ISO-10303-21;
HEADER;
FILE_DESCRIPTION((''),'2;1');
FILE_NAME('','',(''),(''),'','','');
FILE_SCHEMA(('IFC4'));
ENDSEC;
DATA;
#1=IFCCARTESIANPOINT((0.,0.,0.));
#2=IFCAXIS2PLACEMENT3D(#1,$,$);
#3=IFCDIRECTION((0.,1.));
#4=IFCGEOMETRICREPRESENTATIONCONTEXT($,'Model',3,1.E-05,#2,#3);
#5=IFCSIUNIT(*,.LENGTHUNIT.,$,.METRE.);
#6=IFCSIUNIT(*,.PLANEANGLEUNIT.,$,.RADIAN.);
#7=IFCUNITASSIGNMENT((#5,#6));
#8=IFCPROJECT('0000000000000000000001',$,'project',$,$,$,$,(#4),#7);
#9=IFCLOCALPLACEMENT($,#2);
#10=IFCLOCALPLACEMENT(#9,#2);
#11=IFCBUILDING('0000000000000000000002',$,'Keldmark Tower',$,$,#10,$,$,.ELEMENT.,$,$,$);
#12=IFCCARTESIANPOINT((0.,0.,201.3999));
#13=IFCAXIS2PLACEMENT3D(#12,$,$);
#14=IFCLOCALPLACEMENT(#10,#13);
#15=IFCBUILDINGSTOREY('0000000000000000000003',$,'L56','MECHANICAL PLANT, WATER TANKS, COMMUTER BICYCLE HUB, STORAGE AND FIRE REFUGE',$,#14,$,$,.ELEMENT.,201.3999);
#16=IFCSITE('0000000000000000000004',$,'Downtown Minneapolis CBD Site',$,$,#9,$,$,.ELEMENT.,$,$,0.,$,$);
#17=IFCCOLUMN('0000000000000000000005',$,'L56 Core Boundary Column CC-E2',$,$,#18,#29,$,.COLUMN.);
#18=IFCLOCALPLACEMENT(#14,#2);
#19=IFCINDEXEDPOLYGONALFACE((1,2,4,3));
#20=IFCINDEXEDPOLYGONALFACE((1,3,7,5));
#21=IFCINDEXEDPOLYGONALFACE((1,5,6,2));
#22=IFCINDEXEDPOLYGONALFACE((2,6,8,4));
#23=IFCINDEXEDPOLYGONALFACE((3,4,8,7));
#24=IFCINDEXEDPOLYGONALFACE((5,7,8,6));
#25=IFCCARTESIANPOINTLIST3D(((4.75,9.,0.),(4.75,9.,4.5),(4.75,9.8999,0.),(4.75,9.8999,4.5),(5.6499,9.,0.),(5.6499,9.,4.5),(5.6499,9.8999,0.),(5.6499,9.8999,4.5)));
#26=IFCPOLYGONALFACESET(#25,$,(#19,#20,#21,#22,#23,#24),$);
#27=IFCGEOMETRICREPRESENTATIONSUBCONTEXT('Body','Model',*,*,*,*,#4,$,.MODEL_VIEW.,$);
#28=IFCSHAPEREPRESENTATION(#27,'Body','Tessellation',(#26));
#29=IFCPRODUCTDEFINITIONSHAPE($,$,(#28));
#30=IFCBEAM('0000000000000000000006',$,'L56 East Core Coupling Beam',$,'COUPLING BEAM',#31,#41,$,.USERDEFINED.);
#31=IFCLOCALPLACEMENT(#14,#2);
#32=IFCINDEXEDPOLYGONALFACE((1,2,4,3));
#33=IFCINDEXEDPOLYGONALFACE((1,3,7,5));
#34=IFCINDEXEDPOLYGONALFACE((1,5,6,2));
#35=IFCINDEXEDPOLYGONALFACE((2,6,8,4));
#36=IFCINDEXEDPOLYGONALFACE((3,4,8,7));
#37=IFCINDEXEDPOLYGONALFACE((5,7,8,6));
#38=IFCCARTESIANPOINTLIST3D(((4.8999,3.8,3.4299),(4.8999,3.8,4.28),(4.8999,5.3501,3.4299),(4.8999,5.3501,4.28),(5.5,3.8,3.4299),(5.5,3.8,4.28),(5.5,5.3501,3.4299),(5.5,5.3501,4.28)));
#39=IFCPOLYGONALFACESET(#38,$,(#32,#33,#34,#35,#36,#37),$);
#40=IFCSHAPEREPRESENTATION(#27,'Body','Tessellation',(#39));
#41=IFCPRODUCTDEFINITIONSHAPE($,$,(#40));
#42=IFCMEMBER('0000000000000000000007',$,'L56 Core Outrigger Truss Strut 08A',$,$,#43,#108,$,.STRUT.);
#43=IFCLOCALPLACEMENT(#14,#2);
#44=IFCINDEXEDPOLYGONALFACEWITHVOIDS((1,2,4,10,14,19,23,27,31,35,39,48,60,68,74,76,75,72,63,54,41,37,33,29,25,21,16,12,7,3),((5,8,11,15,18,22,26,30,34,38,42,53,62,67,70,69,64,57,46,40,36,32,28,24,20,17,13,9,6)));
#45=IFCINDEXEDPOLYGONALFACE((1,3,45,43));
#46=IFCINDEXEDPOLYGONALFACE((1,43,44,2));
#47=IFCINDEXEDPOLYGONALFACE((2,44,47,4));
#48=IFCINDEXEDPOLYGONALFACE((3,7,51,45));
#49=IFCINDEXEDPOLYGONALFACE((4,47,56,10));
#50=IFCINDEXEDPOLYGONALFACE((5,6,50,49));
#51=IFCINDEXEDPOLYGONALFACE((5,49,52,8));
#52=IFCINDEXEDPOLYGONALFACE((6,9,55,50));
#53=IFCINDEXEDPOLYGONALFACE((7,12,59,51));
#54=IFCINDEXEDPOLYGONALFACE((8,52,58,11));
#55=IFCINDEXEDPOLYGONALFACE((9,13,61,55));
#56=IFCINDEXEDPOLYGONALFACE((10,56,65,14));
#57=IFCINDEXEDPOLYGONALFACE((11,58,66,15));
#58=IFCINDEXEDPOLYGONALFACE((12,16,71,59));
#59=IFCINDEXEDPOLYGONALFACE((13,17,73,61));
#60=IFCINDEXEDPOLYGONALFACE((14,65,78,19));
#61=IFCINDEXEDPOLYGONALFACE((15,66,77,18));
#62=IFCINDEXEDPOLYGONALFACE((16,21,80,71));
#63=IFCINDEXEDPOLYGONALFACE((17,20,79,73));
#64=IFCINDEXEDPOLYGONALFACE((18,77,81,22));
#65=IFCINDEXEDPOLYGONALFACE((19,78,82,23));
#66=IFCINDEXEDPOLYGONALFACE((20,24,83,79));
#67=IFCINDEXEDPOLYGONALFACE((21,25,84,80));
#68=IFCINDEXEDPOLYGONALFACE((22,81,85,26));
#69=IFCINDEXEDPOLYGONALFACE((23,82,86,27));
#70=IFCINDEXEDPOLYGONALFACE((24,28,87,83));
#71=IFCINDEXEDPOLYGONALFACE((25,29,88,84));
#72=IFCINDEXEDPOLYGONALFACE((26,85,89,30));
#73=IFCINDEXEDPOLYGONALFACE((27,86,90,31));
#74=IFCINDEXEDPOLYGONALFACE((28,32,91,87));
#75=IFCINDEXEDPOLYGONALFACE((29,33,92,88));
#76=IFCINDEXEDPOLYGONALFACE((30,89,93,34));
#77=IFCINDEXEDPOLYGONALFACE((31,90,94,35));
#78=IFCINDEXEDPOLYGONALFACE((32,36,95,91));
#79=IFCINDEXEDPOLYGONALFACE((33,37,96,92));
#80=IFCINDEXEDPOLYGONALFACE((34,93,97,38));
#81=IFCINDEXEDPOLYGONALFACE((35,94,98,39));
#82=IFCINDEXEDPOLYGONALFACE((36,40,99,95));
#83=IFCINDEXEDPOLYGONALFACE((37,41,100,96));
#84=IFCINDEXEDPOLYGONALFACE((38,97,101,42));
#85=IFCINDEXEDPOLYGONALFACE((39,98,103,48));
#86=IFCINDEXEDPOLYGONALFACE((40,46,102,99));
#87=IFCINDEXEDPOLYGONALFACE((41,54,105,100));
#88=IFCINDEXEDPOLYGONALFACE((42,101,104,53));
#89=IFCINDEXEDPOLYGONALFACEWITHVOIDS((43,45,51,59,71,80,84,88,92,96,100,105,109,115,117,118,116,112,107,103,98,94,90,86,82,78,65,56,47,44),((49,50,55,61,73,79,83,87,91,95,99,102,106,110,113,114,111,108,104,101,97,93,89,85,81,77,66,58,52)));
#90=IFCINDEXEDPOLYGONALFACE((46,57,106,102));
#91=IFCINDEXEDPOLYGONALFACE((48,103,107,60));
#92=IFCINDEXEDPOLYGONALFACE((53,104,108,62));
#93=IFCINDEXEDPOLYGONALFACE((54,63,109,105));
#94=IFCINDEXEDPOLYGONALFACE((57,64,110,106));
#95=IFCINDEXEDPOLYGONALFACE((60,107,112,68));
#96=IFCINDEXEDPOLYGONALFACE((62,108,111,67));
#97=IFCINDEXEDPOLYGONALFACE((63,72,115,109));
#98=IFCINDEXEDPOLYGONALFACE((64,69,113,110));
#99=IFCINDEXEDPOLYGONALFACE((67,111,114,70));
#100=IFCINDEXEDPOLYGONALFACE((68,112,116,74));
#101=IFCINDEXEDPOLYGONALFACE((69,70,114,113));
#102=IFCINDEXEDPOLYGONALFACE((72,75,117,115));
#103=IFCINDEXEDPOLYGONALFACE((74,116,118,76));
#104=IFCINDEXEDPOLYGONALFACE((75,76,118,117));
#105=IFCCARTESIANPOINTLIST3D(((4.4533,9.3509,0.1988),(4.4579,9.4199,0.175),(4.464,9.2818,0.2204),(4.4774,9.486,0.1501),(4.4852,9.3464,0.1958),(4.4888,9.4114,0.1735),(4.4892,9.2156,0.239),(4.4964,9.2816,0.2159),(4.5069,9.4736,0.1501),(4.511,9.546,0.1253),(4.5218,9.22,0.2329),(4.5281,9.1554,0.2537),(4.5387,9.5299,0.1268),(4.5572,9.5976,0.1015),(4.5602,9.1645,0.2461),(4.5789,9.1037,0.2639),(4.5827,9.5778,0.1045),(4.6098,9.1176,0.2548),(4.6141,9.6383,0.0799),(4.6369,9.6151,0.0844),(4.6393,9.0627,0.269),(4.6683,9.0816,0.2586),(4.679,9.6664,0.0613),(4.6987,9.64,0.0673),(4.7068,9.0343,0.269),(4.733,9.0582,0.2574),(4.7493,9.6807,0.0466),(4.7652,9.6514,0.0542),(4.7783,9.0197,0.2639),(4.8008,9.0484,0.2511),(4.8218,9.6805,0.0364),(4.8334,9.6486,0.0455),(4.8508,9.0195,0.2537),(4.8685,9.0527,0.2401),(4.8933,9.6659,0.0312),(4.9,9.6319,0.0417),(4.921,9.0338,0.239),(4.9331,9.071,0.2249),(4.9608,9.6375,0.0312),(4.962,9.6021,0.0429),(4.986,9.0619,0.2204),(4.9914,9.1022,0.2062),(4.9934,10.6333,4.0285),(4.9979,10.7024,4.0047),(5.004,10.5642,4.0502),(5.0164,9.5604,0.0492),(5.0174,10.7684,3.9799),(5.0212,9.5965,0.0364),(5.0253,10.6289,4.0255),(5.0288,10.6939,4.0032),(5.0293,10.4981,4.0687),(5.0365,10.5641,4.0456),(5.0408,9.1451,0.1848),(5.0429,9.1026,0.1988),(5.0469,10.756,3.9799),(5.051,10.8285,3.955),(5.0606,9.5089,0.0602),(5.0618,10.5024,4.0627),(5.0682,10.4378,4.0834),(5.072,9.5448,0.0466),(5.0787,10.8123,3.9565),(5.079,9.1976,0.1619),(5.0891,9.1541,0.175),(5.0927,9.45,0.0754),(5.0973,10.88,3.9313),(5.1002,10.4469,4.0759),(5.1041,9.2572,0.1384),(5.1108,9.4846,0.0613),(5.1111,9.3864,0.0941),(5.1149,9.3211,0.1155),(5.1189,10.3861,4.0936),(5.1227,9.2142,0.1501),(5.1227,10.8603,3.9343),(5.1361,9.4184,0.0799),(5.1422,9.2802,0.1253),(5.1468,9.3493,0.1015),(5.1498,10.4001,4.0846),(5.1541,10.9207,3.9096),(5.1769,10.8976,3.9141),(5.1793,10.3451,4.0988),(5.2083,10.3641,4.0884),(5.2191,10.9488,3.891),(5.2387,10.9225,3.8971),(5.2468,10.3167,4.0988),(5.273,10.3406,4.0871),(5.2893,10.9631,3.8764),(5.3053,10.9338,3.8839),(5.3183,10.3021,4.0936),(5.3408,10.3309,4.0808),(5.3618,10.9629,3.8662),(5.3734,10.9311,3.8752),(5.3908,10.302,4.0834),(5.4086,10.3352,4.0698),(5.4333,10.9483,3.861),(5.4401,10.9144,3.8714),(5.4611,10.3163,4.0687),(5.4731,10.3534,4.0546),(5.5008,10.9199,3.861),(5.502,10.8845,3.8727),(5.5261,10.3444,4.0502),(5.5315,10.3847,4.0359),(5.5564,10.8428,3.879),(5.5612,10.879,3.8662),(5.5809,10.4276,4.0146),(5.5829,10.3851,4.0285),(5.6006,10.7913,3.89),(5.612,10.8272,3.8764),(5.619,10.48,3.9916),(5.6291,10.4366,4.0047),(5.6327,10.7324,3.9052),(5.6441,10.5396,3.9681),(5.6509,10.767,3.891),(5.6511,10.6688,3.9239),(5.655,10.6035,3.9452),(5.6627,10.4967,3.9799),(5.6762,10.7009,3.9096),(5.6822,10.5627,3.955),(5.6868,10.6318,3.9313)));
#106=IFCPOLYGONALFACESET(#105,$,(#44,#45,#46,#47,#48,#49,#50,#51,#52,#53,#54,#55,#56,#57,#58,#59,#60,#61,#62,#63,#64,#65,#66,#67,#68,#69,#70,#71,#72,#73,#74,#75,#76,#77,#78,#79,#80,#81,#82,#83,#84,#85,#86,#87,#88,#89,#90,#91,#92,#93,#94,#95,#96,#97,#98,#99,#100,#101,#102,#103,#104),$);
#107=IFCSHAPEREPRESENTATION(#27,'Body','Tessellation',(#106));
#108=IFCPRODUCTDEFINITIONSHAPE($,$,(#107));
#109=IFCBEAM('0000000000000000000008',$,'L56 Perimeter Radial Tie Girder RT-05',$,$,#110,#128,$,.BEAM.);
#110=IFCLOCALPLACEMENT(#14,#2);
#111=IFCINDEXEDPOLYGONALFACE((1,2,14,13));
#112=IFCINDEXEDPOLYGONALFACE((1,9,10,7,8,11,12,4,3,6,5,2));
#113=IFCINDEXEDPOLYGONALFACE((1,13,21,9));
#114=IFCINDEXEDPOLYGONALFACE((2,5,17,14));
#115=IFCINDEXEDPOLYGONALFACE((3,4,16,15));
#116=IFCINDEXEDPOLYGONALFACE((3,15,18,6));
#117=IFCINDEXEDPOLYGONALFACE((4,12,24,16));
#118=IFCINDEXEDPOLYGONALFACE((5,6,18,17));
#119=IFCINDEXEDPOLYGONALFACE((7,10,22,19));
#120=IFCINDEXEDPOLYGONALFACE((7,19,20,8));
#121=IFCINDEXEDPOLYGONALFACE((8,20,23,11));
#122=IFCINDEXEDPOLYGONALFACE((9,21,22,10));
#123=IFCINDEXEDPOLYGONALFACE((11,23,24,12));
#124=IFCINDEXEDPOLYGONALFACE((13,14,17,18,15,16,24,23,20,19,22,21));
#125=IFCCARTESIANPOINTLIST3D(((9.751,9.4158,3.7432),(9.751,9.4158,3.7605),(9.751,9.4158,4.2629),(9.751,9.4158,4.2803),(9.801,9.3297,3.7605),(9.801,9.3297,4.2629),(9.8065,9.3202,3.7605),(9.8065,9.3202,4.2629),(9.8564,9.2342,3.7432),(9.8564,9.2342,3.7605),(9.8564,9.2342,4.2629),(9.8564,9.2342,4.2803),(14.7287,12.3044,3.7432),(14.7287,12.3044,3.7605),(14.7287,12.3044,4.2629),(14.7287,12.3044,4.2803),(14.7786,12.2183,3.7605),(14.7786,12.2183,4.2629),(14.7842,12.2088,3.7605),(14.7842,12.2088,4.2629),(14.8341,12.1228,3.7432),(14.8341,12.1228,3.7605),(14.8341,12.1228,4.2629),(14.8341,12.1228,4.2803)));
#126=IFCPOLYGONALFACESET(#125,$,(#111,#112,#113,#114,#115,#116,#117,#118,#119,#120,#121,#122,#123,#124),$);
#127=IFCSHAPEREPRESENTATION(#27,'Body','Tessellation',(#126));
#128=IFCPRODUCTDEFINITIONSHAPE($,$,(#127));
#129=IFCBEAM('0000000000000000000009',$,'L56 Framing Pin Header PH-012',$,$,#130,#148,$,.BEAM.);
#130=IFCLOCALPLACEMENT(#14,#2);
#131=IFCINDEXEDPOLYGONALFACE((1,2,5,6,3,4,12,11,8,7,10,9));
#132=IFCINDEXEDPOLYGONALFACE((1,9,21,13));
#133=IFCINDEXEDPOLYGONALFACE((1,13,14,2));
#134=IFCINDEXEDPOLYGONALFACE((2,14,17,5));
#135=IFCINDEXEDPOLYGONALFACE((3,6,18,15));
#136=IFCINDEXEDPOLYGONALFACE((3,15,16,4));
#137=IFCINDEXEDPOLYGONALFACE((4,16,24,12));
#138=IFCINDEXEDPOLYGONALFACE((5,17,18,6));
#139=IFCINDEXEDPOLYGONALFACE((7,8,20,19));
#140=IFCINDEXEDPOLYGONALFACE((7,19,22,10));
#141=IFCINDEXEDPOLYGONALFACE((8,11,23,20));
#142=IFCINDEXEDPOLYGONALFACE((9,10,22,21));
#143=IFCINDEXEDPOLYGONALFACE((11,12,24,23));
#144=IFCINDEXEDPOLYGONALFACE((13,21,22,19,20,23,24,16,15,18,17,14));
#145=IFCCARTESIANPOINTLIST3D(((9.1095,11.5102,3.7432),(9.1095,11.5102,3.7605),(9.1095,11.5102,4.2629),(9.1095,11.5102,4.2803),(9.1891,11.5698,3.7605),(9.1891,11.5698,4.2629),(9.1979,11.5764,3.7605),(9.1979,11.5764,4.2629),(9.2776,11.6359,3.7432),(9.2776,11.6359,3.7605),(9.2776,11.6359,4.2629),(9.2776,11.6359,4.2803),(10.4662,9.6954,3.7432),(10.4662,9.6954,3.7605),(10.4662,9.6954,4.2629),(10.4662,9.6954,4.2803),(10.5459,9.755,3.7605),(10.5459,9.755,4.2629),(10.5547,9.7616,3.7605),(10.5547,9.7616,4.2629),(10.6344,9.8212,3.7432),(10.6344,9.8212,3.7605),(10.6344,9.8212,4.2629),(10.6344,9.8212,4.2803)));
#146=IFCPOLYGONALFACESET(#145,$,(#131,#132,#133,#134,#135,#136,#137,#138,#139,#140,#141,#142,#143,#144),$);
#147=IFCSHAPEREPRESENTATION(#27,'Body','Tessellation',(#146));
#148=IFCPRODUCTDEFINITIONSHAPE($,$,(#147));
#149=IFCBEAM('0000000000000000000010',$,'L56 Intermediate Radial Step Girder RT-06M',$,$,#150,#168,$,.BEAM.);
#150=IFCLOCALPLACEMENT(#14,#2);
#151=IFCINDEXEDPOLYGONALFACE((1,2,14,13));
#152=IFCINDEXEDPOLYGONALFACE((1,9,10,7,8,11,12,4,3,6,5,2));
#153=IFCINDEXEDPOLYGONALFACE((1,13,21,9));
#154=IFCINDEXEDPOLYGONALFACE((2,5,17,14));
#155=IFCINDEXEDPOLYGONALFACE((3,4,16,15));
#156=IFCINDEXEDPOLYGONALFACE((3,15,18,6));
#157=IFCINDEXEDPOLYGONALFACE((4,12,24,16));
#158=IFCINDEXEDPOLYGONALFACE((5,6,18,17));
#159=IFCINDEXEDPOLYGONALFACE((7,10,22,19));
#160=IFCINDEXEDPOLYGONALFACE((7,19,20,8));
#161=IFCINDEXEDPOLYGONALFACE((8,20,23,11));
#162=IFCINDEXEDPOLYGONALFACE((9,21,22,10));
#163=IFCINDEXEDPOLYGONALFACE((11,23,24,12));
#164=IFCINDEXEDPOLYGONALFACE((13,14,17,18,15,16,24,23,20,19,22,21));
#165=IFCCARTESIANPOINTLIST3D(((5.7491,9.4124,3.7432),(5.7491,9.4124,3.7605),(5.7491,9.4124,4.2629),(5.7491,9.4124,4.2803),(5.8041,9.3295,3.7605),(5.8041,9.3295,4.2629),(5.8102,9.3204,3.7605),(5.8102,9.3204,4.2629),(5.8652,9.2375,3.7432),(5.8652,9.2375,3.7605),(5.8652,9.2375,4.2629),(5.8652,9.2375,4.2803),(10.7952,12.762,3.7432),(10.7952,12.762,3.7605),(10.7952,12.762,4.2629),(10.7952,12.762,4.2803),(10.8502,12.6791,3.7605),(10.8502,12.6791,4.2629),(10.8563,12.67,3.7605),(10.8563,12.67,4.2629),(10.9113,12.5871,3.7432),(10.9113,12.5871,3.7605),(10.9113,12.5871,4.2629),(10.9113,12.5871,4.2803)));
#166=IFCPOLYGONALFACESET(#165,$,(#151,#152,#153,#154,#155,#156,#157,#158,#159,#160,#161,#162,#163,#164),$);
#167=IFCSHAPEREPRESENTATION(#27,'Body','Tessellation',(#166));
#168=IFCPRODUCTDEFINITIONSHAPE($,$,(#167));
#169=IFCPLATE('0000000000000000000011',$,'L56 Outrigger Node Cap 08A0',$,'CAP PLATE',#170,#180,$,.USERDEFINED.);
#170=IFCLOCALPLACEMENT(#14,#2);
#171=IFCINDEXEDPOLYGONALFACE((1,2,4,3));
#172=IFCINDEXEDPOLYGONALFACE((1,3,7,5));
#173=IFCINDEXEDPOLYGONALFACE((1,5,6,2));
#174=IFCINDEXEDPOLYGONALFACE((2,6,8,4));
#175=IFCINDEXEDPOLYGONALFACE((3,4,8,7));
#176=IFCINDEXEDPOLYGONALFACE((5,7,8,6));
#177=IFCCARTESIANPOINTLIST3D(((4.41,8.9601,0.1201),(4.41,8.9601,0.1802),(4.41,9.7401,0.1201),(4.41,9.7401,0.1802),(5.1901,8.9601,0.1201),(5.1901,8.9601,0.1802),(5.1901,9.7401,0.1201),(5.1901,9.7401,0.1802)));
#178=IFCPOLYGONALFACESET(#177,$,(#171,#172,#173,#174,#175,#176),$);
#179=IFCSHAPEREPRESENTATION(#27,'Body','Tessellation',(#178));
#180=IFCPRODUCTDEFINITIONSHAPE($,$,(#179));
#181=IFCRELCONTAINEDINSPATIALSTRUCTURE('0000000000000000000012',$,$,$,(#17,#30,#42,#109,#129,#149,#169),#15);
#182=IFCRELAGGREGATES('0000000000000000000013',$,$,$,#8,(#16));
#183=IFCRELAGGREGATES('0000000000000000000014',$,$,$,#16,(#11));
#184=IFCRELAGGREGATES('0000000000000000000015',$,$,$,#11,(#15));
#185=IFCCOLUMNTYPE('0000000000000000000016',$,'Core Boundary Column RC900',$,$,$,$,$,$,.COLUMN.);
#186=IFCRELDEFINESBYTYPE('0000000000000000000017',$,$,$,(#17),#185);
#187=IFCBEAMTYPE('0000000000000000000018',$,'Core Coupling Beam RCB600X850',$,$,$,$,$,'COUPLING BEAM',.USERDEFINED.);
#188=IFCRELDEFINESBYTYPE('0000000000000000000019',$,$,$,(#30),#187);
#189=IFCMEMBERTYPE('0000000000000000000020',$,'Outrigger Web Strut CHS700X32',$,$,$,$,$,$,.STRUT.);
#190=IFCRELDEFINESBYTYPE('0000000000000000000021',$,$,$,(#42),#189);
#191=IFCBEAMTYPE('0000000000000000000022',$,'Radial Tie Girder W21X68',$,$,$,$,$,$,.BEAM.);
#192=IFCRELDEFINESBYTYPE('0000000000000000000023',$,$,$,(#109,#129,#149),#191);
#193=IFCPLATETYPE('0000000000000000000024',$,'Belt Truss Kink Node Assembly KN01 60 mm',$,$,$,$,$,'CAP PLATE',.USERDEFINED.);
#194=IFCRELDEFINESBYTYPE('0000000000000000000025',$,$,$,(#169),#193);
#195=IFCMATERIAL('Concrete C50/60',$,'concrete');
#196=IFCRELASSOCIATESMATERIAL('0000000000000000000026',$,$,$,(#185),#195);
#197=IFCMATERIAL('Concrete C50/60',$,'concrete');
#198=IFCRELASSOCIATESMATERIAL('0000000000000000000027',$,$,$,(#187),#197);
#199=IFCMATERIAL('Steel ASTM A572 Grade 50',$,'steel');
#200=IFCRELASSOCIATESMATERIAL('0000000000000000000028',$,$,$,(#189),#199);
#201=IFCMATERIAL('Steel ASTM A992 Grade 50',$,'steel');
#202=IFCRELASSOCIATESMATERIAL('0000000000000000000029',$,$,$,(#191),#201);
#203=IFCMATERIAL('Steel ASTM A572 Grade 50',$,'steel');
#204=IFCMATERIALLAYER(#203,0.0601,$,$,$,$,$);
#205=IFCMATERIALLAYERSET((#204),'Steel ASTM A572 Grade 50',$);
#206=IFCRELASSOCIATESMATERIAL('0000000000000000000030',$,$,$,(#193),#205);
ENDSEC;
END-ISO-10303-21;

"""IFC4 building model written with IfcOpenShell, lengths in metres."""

from ifc_helpers import new_model, si_unit, direction, frame, origin, origin_2d, place, context, subcontext, project, spatial, rectangle, hollow_circle, i_section, extrude, material, layer, layer_set, material_profile, profile_set, type_object, element, save


model = new_model("IFC4")

# Units and contexts
model_context = context("Model", 3, precision=1e-05, world=origin(), true_north=direction((0.0, 1.0)))
body_context = subcontext(model_context, "Body", "Model", "MODEL_VIEW")
ifc_project = project(units=[si_unit("LENGTHUNIT", "METRE"), si_unit("PLANEANGLEUNIT", "RADIAN")], contexts=[model_context])

# Site, building, storey
site_placement = place(None, origin())
site = spatial("IfcSite", under=ifc_project, at=site_placement, Name="Downtown Minneapolis CBD Site", CompositionType="ELEMENT", RefElevation=0.0)
building_placement = place(site_placement, origin())
building = spatial("IfcBuilding", under=site, at=building_placement, Name="Keldmark Tower", CompositionType="ELEMENT")
storey_placement = place(building_placement, frame((0.0, 0.0, 201.3999)))
storey = spatial("IfcBuildingStorey", under=building, at=storey_placement, Name="L56", Description="MECHANICAL PLANT, WATER TANKS, COMMUTER BICYCLE HUB, STORAGE AND FIRE REFUGE", CompositionType="ELEMENT", Elevation=201.3999)

# Column
ifc_material_1 = material(Name="Concrete C50/60", Category="concrete")
ifc_material_profile_1 = material_profile(ifc_material_1, rectangle(XDim=0.8999, YDim=0.8999, at=origin_2d()), Name="RC900X900")
ifc_profile_set_1 = profile_set([ifc_material_profile_1], Name="Concrete C50/60")
column_type = type_object("IfcColumnType", Name="Core Boundary Column RC900", PredefinedType="COLUMN", material=ifc_profile_set_1)
column_placement = place(storey_placement, frame((5.2, 9.45, 0.0), z_axis=(0.0, 0.0, 1.0), x_axis=(1.0, 0.0, 0.0)))
element("IfcColumn", 1, at=column_placement, inside=storey, type_object=column_type, Name="L56 Core Boundary Column CC-E2", PredefinedType="COLUMN", context=body_context, shape_type="SweptSolid", body=[
    extrude(rectangle(XDim=0.8999, YDim=0.8999, at=origin_2d()), origin(), (0.0, 0.0, 1.0), 4.5),
])

# Beam
ifc_material_2 = material(Name="Concrete C50/60", Category="concrete")
ifc_material_profile_2 = material_profile(ifc_material_2, rectangle(XDim=0.6001, YDim=0.8501, at=origin_2d()), Name="RCB600X850")
ifc_profile_set_2 = profile_set([ifc_material_profile_2], Name="Concrete C50/60")
beam_type_1 = type_object("IfcBeamType", Name="Core Coupling Beam RCB600X850", ElementType="COUPLING BEAM", PredefinedType="USERDEFINED", material=ifc_profile_set_2)
beam_1_placement = place(storey_placement, frame((5.2, 3.8, 3.855), z_axis=(0.0, 1.0, 0.0), x_axis=(-1.0, 0.0, 0.0)))
element("IfcBeam", 2, at=beam_1_placement, inside=storey, type_object=beam_type_1, Name="L56 East Core Coupling Beam", ObjectType="COUPLING BEAM", PredefinedType="USERDEFINED", context=body_context, shape_type="SweptSolid", body=[
    extrude(rectangle(XDim=0.6001, YDim=0.8501, at=origin_2d()), origin(), (0.0, 0.0, 1.0), 1.55),
])

# Member
ifc_material_3 = material(Name="Steel ASTM A572 Grade 50", Category="steel")
ifc_material_profile_3 = material_profile(ifc_material_3, hollow_circle(Radius=0.3501, WallThickness=0.032, at=origin_2d()), Name="CHS700X32")
ifc_profile_set_3 = profile_set([ifc_material_profile_3], Name="Steel ASTM A572 Grade 50")
member_type = type_object("IfcMemberType", Name="Outrigger Web Strut CHS700X32", PredefinedType="STRUT", material=ifc_profile_set_3)
member_placement = place(storey_placement, frame((4.8, 9.3501, 0.1501), z_axis=(0.132531, 0.314732, 0.939883), x_axis=(-0.921622, 0.388088, 0.0)))
element("IfcMember", 3, at=member_placement, inside=storey, type_object=member_type, Name="L56 Core Outrigger Truss Strut 08A", PredefinedType="STRUT", context=body_context, shape_type="SweptSolid", body=[
    extrude(hollow_circle(Radius=0.3501, WallThickness=0.032, at=origin_2d()), origin(), (0.0, 0.0, 1.0), 4.0747),
])

# Beams
ifc_material_4 = material(Name="Steel ASTM A992 Grade 50", Category="steel")
ifc_material_profile_4 = material_profile(ifc_material_4, i_section(OverallWidth=0.21, OverallDepth=0.5371, WebThickness=0.011, FlangeThickness=0.0173, at=origin_2d()), Name="W21X68")
ifc_profile_set_4 = profile_set([ifc_material_profile_4], Name="Steel ASTM A992 Grade 50")
beam_type_2 = type_object("IfcBeamType", Name="Radial Tie Girder W21X68", PredefinedType="BEAM", material=ifc_profile_set_4)
beam_2_placement = place(storey_placement, frame((9.8037, 9.325, 4.0117), z_axis=(0.864914, 0.501921, 0.0), x_axis=(-0.501921, 0.864914, 0.0)))
element("IfcBeam", 4, at=beam_2_placement, inside=storey, type_object=beam_type_2, Name="L56 Perimeter Radial Tie Girder RT-05", PredefinedType="BEAM", context=body_context, shape_type="SweptSolid", body=[
    extrude(i_section(OverallWidth=0.21, OverallDepth=0.5371, WebThickness=0.011, FlangeThickness=0.0173, at=origin_2d()), origin(), (0.0, 0.0, 1.0), 5.7551),
])
beam_3_placement = place(storey_placement, frame((10.5503, 9.7583, 4.0117), z_axis=(-0.598775, 0.800917, 0.0), x_axis=(-0.800917, -0.598775, 0.0)))
element("IfcBeam", 5, at=beam_3_placement, inside=storey, type_object=beam_type_2, Name="L56 Framing Pin Header PH-012", PredefinedType="BEAM", context=body_context, shape_type="SweptSolid", body=[
    extrude(i_section(OverallWidth=0.21, OverallDepth=0.5371, WebThickness=0.011, FlangeThickness=0.0173, at=origin_2d()), origin(), (0.0, 0.0, 1.0), 2.2659),
])
beam_4_placement = place(storey_placement, frame((5.8071, 9.325, 4.0117), z_axis=(0.833153, 0.553043, 0.0), x_axis=(-0.553043, 0.833153, 0.0)))
element("IfcBeam", 6, at=beam_4_placement, inside=storey, type_object=beam_type_2, Name="L56 Intermediate Radial Step Girder RT-06M", PredefinedType="BEAM", context=body_context, shape_type="SweptSolid", body=[
    extrude(i_section(OverallWidth=0.21, OverallDepth=0.5371, WebThickness=0.011, FlangeThickness=0.0173, at=origin_2d()), origin(), (0.0, 0.0, 1.0), 6.0566),
])

# Plate
ifc_material_5 = material(Name="Steel ASTM A572 Grade 50", Category="steel")
ifc_layer_1 = layer(ifc_material_5, 0.0601)
ifc_layer_set_1 = layer_set([ifc_layer_1], Name="Steel ASTM A572 Grade 50")
plate_type = type_object("IfcPlateType", Name="Belt Truss Kink Node Assembly KN01 60 mm", ElementType="CAP PLATE", PredefinedType="USERDEFINED", material=ifc_layer_set_1)
plate_placement = place(storey_placement, frame((4.8, 9.3501, 0.1201), z_axis=(0.0, 0.0, 1.0), x_axis=(1.0, 0.0, 0.0)))
element("IfcPlate", 7, at=plate_placement, inside=storey, type_object=plate_type, Name="L56 Outrigger Node Cap 08A0", ObjectType="CAP PLATE", PredefinedType="USERDEFINED", context=body_context, shape_type="SweptSolid", body=[
    extrude(rectangle(XDim=0.78, YDim=0.78, at=origin_2d()), origin(), (0.0, 0.0, 1.0), 0.0601),
])

save(model, "model.ifc")
